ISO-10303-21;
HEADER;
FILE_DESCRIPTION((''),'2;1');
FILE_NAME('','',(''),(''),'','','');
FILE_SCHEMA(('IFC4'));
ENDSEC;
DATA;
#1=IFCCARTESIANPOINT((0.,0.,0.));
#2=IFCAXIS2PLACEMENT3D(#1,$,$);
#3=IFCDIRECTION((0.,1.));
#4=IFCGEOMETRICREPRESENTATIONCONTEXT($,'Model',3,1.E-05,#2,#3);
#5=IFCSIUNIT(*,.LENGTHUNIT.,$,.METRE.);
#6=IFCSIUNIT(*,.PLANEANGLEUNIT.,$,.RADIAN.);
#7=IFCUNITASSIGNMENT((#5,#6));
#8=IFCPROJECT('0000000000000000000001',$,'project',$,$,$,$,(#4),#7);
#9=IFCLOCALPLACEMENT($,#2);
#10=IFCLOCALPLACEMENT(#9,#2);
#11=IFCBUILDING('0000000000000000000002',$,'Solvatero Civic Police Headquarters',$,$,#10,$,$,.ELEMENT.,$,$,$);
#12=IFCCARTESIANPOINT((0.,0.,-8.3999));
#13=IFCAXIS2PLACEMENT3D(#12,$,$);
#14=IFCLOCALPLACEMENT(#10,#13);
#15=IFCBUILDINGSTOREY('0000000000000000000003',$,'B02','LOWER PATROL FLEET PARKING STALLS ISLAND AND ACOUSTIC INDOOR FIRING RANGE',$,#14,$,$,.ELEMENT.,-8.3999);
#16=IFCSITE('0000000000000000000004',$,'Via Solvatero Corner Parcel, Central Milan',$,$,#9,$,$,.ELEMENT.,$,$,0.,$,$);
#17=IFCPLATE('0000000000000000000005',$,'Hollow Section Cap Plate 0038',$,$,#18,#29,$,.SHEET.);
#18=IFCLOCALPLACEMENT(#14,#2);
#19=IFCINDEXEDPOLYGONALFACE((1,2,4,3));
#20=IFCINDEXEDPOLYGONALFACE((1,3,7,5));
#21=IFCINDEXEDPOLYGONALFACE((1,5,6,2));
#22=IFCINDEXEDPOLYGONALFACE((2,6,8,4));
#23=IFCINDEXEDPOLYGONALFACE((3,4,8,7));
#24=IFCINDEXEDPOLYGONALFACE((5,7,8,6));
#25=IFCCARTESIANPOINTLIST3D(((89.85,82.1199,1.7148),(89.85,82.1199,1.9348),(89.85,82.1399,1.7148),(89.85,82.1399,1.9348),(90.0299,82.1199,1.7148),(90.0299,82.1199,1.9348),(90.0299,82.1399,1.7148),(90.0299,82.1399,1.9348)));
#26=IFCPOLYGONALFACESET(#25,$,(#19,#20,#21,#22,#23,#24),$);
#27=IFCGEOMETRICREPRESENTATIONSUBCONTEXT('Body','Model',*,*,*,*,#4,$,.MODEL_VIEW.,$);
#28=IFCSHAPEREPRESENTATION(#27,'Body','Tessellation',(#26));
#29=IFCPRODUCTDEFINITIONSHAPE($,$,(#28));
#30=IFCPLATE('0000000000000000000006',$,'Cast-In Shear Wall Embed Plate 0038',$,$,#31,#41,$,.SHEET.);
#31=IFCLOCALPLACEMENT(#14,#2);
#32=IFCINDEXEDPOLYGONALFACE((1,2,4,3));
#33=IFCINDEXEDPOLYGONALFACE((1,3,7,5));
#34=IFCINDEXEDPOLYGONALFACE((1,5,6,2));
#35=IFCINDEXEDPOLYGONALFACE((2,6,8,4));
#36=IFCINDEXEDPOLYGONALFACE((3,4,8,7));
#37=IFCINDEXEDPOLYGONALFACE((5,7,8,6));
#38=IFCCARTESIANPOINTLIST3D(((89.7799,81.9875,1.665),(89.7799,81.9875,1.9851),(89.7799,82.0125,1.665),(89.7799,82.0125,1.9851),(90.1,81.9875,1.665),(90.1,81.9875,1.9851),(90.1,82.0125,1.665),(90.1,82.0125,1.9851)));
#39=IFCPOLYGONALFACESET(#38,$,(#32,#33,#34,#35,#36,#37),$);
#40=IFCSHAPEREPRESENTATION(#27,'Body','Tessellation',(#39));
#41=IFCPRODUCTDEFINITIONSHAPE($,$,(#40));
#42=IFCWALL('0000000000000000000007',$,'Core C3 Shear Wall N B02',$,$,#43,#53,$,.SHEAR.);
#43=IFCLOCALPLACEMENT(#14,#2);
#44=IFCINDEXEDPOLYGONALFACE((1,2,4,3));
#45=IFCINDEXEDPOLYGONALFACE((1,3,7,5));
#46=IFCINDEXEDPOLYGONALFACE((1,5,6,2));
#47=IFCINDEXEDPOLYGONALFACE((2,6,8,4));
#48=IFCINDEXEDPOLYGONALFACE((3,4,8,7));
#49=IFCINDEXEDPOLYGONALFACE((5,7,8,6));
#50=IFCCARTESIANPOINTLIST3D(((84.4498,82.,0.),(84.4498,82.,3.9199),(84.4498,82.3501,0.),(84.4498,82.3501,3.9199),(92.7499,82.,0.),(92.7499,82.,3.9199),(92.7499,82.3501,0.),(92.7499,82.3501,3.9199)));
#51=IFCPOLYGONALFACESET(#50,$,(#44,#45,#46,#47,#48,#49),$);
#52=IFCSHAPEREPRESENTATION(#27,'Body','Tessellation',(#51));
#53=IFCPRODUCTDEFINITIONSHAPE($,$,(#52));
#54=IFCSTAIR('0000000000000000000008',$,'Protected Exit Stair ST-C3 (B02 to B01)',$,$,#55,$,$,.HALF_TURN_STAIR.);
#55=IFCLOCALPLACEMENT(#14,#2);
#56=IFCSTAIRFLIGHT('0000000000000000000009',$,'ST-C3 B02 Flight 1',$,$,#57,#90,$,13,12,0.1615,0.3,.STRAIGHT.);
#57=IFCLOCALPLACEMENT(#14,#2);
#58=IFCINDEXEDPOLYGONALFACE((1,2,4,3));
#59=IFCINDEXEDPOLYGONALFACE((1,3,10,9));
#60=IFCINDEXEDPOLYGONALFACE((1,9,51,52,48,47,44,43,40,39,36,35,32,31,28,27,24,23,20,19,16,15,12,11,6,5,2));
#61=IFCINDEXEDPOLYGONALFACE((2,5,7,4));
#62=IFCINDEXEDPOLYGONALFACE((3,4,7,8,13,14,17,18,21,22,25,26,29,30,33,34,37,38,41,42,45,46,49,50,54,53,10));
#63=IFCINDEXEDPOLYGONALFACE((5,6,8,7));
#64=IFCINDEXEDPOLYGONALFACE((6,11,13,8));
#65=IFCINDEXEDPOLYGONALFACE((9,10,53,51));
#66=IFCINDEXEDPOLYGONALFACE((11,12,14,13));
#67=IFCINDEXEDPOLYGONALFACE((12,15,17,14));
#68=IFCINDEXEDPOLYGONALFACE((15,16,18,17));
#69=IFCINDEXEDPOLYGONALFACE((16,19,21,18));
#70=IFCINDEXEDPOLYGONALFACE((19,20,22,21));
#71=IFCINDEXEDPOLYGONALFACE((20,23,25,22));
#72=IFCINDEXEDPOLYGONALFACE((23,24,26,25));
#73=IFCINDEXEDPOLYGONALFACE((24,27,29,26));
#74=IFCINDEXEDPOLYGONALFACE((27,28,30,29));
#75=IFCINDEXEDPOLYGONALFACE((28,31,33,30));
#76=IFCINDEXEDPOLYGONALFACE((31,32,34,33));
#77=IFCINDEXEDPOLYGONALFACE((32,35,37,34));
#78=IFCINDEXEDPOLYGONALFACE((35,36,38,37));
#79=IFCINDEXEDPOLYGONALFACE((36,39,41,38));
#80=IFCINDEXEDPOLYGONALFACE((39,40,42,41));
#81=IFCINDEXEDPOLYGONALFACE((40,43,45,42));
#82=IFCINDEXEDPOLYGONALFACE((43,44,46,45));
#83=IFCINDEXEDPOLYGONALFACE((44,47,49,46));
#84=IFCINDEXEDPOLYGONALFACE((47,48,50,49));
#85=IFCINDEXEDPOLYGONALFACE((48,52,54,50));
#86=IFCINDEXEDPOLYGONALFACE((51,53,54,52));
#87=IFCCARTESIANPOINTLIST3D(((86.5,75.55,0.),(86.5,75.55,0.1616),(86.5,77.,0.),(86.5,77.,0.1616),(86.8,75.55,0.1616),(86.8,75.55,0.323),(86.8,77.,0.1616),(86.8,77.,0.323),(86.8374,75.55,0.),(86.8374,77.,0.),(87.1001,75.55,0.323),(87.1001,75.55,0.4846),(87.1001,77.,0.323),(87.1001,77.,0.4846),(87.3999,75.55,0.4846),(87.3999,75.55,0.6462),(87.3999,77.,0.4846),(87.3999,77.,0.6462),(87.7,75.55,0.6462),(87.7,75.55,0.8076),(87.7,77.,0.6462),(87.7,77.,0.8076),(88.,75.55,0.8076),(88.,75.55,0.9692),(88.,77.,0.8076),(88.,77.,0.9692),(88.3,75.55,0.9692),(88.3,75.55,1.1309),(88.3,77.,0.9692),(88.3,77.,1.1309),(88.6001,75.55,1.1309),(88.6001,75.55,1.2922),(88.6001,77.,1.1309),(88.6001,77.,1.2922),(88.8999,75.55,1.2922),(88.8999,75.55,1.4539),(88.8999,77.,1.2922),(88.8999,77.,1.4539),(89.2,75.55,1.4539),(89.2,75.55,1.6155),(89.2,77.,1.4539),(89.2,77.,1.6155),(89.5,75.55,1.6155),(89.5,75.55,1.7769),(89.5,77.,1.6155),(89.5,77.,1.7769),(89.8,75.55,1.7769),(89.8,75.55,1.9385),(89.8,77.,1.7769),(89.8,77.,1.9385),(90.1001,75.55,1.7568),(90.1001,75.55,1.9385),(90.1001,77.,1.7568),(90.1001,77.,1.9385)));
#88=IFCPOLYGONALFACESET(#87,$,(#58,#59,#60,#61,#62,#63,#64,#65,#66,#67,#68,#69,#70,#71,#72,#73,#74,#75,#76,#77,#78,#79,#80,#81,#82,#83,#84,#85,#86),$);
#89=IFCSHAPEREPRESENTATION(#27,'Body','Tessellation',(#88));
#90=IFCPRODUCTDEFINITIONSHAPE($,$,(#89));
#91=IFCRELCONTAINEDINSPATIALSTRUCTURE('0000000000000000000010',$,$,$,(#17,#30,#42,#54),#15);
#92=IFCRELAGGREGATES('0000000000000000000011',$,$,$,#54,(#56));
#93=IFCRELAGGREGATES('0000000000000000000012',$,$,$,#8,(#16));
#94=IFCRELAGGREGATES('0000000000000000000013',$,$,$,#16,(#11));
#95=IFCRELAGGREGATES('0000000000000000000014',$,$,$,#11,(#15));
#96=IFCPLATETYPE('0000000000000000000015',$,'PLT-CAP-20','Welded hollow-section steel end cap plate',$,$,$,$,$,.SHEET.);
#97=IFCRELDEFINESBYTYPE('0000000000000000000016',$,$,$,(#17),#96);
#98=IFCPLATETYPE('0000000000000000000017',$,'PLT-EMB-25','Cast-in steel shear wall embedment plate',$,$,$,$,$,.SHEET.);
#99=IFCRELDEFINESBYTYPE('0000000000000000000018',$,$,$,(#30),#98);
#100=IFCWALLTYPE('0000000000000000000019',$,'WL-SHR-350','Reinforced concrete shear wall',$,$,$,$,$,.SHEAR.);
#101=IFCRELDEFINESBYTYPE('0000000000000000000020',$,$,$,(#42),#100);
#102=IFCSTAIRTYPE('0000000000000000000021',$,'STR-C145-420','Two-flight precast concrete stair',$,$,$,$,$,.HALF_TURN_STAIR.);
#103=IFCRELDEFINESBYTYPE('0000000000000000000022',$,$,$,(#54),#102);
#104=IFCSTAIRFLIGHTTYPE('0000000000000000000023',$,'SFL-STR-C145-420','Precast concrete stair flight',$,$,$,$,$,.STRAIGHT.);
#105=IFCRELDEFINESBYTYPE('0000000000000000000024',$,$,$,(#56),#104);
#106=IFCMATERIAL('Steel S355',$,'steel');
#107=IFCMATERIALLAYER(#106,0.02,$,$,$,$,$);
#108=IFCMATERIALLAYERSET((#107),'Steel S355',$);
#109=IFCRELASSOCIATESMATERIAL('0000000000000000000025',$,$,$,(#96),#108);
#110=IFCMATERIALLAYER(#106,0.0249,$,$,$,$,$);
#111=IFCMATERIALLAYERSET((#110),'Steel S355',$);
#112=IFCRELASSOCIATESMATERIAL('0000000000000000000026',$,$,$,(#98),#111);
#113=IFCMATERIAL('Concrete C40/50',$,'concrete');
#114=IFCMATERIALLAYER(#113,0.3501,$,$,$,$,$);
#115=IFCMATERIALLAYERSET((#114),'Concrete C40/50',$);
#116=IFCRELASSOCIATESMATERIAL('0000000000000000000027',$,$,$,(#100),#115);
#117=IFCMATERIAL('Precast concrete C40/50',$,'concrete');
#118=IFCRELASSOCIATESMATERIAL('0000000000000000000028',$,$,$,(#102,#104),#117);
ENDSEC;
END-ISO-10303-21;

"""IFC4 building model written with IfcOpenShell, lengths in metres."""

from ifc_helpers import new_model, si_unit, direction, frame, frame_2d, origin, origin_2d, place, context, subcontext, project, spatial, polyline, rectangle, outline, extrude, material, layer, layer_set, type_object, element, aggregate, save


model = new_model("IFC4")

# Units and contexts
model_context = context("Model", 3, precision=1e-05, world=origin(), true_north=direction((0.0, 1.0)))
body_context = subcontext(model_context, "Body", "Model", "MODEL_VIEW")
ifc_project = project(units=[si_unit("LENGTHUNIT", "METRE"), si_unit("PLANEANGLEUNIT", "RADIAN")], contexts=[model_context])

# Site, building, storey
site_placement = place(None, origin())
site = spatial("IfcSite", under=ifc_project, at=site_placement, Name="Via Solvatero Corner Parcel, Central Milan", CompositionType="ELEMENT", RefElevation=0.0)
building_placement = place(site_placement, origin())
building = spatial("IfcBuilding", under=site, at=building_placement, Name="Solvatero Civic Police Headquarters", CompositionType="ELEMENT")
storey_placement = place(building_placement, frame((0.0, 0.0, -8.3999)))
storey = spatial("IfcBuildingStorey", under=building, at=storey_placement, Name="B02", Description="LOWER PATROL FLEET PARKING STALLS ISLAND AND ACOUSTIC INDOOR FIRING RANGE", CompositionType="ELEMENT", Elevation=-8.3999)

# Shared definitions
ifc_material_1 = material(Name="Concrete C40/50", Category="concrete")

# Plates
ifc_material_2 = material(Name="Steel S355", Category="steel")
ifc_layer_1 = layer(ifc_material_2, 0.02)
ifc_layer_set_1 = layer_set([ifc_layer_1], Name="Steel S355")
plate_type_1 = type_object("IfcPlateType", Name="PLT-CAP-20", Description="Welded hollow-section steel end cap plate", PredefinedType="SHEET", material=ifc_layer_set_1)
plate_1_placement = place(storey_placement, frame((89.9399, 82.1299, 1.7148), z_axis=(0.0, 0.0, 1.0), x_axis=(1.0, 0.0, 0.0)))
element("IfcPlate", 1, at=plate_1_placement, inside=storey, type_object=plate_type_1, Name="Hollow Section Cap Plate 0038", PredefinedType="SHEET", context=body_context, shape_type="SweptSolid", body=[
    extrude(rectangle(XDim=0.1799, YDim=0.02, at=origin_2d()), origin(), (0.0, 0.0, 1.0), 0.22),
])
ifc_layer_2 = layer(ifc_material_2, 0.0249)
ifc_layer_set_2 = layer_set([ifc_layer_2], Name="Steel S355")
plate_type_2 = type_object("IfcPlateType", Name="PLT-EMB-25", Description="Cast-in steel shear wall embedment plate", PredefinedType="SHEET", material=ifc_layer_set_2)
plate_2_placement = place(storey_placement, frame((89.9399, 82.0, 1.665), z_axis=(0.0, 0.0, 1.0), x_axis=(1.0, 0.0, 0.0)))
element("IfcPlate", 2, at=plate_2_placement, inside=storey, type_object=plate_type_2, Name="Cast-In Shear Wall Embed Plate 0038", PredefinedType="SHEET", context=body_context, shape_type="SweptSolid", body=[
    extrude(rectangle(XDim=0.3201, YDim=0.0249, at=origin_2d()), origin(), (0.0, 0.0, 1.0), 0.3201),
])

# Wall
ifc_layer_3 = layer(ifc_material_1, 0.3501)
ifc_layer_set_3 = layer_set([ifc_layer_3], Name="Concrete C40/50")
wall_type = type_object("IfcWallType", Name="WL-SHR-350", Description="Reinforced concrete shear wall", PredefinedType="SHEAR", material=ifc_layer_set_3)
wall_placement = place(storey_placement, frame((84.45, 82.175, 0.0), z_axis=(0.0, 0.0, 1.0), x_axis=(1.0, 0.0, 0.0)))
element("IfcWall", 3, at=wall_placement, inside=storey, type_object=wall_type, Name="Core C3 Shear Wall N B02", PredefinedType="SHEAR", context=body_context, shape_type="SweptSolid", body=[
    extrude(rectangle(XDim=8.3, YDim=0.3501, at=frame_2d((4.1499, 0.0))), origin(), (0.0, 0.0, 1.0), 3.9199),
])

# Stair, stair flight
ifc_material_3 = material(Name="Precast concrete C40/50", Category="concrete")
stair_type = type_object("IfcStairType", Name="STR-C145-420", Description="Two-flight precast concrete stair", PredefinedType="HALF_TURN_STAIR", material=ifc_material_3)
stair_placement = place(storey_placement, origin())
stair = element("IfcStair", 4, at=stair_placement, inside=storey, type_object=stair_type, Name="Protected Exit Stair ST-C3 (B02 to B01)", PredefinedType="HALF_TURN_STAIR")
stair_flight_type = type_object("IfcStairFlightType", Name="SFL-STR-C145-420", Description="Precast concrete stair flight", PredefinedType="STRAIGHT", material=ifc_material_3)
stair_flight_placement = place(storey_placement, frame((86.5, 76.2749, 0.0), z_axis=(0.0, 0.0, 1.0), x_axis=(1.0, 0.0, 0.0)))
stair_flight = element("IfcStairFlight", 5, at=stair_flight_placement, type_object=stair_flight_type, Name="ST-C3 B02 Flight 1", NumberOfRisers=13, NumberOfTreads=12, PredefinedType="STRAIGHT", RiserHeight=0.1615, TreadLength=0.3, context=body_context, shape_type="SweptSolid", body=[
    extrude(outline(polyline([(0.0, 0.0), (0.0, 0.1616), (0.3, 0.1616), (0.3, 0.323), (0.6001, 0.323), (0.6001, 0.4846), (0.8999, 0.4846), (0.8999, 0.6462), (1.2, 0.6462), (1.2, 0.8076), (1.5, 0.8076), (1.5, 0.9692), (1.8, 0.9692), (1.8, 1.1309), (2.1001, 1.1309), (2.1001, 1.2922), (2.3999, 1.2922), (2.3999, 1.4539), (2.7, 1.4539), (2.7, 1.6155), (3.0, 1.6155), (3.0, 1.7769), (3.3, 1.7769), (3.3, 1.9385), (3.6001, 1.9385), (3.6001, 2.1001), (3.6001, 1.7568), (0.3374, 0.0), (0.0, 0.0)])), frame((0.0, 0.7251, 0.0), z_axis=(0.0, -1.0, 0.0), x_axis=(1.0, 0.0, 0.0)), (0.0, 0.0, 1.0), 1.45),
])
aggregate(stair, [stair_flight])

save(model, "model.ifc")
